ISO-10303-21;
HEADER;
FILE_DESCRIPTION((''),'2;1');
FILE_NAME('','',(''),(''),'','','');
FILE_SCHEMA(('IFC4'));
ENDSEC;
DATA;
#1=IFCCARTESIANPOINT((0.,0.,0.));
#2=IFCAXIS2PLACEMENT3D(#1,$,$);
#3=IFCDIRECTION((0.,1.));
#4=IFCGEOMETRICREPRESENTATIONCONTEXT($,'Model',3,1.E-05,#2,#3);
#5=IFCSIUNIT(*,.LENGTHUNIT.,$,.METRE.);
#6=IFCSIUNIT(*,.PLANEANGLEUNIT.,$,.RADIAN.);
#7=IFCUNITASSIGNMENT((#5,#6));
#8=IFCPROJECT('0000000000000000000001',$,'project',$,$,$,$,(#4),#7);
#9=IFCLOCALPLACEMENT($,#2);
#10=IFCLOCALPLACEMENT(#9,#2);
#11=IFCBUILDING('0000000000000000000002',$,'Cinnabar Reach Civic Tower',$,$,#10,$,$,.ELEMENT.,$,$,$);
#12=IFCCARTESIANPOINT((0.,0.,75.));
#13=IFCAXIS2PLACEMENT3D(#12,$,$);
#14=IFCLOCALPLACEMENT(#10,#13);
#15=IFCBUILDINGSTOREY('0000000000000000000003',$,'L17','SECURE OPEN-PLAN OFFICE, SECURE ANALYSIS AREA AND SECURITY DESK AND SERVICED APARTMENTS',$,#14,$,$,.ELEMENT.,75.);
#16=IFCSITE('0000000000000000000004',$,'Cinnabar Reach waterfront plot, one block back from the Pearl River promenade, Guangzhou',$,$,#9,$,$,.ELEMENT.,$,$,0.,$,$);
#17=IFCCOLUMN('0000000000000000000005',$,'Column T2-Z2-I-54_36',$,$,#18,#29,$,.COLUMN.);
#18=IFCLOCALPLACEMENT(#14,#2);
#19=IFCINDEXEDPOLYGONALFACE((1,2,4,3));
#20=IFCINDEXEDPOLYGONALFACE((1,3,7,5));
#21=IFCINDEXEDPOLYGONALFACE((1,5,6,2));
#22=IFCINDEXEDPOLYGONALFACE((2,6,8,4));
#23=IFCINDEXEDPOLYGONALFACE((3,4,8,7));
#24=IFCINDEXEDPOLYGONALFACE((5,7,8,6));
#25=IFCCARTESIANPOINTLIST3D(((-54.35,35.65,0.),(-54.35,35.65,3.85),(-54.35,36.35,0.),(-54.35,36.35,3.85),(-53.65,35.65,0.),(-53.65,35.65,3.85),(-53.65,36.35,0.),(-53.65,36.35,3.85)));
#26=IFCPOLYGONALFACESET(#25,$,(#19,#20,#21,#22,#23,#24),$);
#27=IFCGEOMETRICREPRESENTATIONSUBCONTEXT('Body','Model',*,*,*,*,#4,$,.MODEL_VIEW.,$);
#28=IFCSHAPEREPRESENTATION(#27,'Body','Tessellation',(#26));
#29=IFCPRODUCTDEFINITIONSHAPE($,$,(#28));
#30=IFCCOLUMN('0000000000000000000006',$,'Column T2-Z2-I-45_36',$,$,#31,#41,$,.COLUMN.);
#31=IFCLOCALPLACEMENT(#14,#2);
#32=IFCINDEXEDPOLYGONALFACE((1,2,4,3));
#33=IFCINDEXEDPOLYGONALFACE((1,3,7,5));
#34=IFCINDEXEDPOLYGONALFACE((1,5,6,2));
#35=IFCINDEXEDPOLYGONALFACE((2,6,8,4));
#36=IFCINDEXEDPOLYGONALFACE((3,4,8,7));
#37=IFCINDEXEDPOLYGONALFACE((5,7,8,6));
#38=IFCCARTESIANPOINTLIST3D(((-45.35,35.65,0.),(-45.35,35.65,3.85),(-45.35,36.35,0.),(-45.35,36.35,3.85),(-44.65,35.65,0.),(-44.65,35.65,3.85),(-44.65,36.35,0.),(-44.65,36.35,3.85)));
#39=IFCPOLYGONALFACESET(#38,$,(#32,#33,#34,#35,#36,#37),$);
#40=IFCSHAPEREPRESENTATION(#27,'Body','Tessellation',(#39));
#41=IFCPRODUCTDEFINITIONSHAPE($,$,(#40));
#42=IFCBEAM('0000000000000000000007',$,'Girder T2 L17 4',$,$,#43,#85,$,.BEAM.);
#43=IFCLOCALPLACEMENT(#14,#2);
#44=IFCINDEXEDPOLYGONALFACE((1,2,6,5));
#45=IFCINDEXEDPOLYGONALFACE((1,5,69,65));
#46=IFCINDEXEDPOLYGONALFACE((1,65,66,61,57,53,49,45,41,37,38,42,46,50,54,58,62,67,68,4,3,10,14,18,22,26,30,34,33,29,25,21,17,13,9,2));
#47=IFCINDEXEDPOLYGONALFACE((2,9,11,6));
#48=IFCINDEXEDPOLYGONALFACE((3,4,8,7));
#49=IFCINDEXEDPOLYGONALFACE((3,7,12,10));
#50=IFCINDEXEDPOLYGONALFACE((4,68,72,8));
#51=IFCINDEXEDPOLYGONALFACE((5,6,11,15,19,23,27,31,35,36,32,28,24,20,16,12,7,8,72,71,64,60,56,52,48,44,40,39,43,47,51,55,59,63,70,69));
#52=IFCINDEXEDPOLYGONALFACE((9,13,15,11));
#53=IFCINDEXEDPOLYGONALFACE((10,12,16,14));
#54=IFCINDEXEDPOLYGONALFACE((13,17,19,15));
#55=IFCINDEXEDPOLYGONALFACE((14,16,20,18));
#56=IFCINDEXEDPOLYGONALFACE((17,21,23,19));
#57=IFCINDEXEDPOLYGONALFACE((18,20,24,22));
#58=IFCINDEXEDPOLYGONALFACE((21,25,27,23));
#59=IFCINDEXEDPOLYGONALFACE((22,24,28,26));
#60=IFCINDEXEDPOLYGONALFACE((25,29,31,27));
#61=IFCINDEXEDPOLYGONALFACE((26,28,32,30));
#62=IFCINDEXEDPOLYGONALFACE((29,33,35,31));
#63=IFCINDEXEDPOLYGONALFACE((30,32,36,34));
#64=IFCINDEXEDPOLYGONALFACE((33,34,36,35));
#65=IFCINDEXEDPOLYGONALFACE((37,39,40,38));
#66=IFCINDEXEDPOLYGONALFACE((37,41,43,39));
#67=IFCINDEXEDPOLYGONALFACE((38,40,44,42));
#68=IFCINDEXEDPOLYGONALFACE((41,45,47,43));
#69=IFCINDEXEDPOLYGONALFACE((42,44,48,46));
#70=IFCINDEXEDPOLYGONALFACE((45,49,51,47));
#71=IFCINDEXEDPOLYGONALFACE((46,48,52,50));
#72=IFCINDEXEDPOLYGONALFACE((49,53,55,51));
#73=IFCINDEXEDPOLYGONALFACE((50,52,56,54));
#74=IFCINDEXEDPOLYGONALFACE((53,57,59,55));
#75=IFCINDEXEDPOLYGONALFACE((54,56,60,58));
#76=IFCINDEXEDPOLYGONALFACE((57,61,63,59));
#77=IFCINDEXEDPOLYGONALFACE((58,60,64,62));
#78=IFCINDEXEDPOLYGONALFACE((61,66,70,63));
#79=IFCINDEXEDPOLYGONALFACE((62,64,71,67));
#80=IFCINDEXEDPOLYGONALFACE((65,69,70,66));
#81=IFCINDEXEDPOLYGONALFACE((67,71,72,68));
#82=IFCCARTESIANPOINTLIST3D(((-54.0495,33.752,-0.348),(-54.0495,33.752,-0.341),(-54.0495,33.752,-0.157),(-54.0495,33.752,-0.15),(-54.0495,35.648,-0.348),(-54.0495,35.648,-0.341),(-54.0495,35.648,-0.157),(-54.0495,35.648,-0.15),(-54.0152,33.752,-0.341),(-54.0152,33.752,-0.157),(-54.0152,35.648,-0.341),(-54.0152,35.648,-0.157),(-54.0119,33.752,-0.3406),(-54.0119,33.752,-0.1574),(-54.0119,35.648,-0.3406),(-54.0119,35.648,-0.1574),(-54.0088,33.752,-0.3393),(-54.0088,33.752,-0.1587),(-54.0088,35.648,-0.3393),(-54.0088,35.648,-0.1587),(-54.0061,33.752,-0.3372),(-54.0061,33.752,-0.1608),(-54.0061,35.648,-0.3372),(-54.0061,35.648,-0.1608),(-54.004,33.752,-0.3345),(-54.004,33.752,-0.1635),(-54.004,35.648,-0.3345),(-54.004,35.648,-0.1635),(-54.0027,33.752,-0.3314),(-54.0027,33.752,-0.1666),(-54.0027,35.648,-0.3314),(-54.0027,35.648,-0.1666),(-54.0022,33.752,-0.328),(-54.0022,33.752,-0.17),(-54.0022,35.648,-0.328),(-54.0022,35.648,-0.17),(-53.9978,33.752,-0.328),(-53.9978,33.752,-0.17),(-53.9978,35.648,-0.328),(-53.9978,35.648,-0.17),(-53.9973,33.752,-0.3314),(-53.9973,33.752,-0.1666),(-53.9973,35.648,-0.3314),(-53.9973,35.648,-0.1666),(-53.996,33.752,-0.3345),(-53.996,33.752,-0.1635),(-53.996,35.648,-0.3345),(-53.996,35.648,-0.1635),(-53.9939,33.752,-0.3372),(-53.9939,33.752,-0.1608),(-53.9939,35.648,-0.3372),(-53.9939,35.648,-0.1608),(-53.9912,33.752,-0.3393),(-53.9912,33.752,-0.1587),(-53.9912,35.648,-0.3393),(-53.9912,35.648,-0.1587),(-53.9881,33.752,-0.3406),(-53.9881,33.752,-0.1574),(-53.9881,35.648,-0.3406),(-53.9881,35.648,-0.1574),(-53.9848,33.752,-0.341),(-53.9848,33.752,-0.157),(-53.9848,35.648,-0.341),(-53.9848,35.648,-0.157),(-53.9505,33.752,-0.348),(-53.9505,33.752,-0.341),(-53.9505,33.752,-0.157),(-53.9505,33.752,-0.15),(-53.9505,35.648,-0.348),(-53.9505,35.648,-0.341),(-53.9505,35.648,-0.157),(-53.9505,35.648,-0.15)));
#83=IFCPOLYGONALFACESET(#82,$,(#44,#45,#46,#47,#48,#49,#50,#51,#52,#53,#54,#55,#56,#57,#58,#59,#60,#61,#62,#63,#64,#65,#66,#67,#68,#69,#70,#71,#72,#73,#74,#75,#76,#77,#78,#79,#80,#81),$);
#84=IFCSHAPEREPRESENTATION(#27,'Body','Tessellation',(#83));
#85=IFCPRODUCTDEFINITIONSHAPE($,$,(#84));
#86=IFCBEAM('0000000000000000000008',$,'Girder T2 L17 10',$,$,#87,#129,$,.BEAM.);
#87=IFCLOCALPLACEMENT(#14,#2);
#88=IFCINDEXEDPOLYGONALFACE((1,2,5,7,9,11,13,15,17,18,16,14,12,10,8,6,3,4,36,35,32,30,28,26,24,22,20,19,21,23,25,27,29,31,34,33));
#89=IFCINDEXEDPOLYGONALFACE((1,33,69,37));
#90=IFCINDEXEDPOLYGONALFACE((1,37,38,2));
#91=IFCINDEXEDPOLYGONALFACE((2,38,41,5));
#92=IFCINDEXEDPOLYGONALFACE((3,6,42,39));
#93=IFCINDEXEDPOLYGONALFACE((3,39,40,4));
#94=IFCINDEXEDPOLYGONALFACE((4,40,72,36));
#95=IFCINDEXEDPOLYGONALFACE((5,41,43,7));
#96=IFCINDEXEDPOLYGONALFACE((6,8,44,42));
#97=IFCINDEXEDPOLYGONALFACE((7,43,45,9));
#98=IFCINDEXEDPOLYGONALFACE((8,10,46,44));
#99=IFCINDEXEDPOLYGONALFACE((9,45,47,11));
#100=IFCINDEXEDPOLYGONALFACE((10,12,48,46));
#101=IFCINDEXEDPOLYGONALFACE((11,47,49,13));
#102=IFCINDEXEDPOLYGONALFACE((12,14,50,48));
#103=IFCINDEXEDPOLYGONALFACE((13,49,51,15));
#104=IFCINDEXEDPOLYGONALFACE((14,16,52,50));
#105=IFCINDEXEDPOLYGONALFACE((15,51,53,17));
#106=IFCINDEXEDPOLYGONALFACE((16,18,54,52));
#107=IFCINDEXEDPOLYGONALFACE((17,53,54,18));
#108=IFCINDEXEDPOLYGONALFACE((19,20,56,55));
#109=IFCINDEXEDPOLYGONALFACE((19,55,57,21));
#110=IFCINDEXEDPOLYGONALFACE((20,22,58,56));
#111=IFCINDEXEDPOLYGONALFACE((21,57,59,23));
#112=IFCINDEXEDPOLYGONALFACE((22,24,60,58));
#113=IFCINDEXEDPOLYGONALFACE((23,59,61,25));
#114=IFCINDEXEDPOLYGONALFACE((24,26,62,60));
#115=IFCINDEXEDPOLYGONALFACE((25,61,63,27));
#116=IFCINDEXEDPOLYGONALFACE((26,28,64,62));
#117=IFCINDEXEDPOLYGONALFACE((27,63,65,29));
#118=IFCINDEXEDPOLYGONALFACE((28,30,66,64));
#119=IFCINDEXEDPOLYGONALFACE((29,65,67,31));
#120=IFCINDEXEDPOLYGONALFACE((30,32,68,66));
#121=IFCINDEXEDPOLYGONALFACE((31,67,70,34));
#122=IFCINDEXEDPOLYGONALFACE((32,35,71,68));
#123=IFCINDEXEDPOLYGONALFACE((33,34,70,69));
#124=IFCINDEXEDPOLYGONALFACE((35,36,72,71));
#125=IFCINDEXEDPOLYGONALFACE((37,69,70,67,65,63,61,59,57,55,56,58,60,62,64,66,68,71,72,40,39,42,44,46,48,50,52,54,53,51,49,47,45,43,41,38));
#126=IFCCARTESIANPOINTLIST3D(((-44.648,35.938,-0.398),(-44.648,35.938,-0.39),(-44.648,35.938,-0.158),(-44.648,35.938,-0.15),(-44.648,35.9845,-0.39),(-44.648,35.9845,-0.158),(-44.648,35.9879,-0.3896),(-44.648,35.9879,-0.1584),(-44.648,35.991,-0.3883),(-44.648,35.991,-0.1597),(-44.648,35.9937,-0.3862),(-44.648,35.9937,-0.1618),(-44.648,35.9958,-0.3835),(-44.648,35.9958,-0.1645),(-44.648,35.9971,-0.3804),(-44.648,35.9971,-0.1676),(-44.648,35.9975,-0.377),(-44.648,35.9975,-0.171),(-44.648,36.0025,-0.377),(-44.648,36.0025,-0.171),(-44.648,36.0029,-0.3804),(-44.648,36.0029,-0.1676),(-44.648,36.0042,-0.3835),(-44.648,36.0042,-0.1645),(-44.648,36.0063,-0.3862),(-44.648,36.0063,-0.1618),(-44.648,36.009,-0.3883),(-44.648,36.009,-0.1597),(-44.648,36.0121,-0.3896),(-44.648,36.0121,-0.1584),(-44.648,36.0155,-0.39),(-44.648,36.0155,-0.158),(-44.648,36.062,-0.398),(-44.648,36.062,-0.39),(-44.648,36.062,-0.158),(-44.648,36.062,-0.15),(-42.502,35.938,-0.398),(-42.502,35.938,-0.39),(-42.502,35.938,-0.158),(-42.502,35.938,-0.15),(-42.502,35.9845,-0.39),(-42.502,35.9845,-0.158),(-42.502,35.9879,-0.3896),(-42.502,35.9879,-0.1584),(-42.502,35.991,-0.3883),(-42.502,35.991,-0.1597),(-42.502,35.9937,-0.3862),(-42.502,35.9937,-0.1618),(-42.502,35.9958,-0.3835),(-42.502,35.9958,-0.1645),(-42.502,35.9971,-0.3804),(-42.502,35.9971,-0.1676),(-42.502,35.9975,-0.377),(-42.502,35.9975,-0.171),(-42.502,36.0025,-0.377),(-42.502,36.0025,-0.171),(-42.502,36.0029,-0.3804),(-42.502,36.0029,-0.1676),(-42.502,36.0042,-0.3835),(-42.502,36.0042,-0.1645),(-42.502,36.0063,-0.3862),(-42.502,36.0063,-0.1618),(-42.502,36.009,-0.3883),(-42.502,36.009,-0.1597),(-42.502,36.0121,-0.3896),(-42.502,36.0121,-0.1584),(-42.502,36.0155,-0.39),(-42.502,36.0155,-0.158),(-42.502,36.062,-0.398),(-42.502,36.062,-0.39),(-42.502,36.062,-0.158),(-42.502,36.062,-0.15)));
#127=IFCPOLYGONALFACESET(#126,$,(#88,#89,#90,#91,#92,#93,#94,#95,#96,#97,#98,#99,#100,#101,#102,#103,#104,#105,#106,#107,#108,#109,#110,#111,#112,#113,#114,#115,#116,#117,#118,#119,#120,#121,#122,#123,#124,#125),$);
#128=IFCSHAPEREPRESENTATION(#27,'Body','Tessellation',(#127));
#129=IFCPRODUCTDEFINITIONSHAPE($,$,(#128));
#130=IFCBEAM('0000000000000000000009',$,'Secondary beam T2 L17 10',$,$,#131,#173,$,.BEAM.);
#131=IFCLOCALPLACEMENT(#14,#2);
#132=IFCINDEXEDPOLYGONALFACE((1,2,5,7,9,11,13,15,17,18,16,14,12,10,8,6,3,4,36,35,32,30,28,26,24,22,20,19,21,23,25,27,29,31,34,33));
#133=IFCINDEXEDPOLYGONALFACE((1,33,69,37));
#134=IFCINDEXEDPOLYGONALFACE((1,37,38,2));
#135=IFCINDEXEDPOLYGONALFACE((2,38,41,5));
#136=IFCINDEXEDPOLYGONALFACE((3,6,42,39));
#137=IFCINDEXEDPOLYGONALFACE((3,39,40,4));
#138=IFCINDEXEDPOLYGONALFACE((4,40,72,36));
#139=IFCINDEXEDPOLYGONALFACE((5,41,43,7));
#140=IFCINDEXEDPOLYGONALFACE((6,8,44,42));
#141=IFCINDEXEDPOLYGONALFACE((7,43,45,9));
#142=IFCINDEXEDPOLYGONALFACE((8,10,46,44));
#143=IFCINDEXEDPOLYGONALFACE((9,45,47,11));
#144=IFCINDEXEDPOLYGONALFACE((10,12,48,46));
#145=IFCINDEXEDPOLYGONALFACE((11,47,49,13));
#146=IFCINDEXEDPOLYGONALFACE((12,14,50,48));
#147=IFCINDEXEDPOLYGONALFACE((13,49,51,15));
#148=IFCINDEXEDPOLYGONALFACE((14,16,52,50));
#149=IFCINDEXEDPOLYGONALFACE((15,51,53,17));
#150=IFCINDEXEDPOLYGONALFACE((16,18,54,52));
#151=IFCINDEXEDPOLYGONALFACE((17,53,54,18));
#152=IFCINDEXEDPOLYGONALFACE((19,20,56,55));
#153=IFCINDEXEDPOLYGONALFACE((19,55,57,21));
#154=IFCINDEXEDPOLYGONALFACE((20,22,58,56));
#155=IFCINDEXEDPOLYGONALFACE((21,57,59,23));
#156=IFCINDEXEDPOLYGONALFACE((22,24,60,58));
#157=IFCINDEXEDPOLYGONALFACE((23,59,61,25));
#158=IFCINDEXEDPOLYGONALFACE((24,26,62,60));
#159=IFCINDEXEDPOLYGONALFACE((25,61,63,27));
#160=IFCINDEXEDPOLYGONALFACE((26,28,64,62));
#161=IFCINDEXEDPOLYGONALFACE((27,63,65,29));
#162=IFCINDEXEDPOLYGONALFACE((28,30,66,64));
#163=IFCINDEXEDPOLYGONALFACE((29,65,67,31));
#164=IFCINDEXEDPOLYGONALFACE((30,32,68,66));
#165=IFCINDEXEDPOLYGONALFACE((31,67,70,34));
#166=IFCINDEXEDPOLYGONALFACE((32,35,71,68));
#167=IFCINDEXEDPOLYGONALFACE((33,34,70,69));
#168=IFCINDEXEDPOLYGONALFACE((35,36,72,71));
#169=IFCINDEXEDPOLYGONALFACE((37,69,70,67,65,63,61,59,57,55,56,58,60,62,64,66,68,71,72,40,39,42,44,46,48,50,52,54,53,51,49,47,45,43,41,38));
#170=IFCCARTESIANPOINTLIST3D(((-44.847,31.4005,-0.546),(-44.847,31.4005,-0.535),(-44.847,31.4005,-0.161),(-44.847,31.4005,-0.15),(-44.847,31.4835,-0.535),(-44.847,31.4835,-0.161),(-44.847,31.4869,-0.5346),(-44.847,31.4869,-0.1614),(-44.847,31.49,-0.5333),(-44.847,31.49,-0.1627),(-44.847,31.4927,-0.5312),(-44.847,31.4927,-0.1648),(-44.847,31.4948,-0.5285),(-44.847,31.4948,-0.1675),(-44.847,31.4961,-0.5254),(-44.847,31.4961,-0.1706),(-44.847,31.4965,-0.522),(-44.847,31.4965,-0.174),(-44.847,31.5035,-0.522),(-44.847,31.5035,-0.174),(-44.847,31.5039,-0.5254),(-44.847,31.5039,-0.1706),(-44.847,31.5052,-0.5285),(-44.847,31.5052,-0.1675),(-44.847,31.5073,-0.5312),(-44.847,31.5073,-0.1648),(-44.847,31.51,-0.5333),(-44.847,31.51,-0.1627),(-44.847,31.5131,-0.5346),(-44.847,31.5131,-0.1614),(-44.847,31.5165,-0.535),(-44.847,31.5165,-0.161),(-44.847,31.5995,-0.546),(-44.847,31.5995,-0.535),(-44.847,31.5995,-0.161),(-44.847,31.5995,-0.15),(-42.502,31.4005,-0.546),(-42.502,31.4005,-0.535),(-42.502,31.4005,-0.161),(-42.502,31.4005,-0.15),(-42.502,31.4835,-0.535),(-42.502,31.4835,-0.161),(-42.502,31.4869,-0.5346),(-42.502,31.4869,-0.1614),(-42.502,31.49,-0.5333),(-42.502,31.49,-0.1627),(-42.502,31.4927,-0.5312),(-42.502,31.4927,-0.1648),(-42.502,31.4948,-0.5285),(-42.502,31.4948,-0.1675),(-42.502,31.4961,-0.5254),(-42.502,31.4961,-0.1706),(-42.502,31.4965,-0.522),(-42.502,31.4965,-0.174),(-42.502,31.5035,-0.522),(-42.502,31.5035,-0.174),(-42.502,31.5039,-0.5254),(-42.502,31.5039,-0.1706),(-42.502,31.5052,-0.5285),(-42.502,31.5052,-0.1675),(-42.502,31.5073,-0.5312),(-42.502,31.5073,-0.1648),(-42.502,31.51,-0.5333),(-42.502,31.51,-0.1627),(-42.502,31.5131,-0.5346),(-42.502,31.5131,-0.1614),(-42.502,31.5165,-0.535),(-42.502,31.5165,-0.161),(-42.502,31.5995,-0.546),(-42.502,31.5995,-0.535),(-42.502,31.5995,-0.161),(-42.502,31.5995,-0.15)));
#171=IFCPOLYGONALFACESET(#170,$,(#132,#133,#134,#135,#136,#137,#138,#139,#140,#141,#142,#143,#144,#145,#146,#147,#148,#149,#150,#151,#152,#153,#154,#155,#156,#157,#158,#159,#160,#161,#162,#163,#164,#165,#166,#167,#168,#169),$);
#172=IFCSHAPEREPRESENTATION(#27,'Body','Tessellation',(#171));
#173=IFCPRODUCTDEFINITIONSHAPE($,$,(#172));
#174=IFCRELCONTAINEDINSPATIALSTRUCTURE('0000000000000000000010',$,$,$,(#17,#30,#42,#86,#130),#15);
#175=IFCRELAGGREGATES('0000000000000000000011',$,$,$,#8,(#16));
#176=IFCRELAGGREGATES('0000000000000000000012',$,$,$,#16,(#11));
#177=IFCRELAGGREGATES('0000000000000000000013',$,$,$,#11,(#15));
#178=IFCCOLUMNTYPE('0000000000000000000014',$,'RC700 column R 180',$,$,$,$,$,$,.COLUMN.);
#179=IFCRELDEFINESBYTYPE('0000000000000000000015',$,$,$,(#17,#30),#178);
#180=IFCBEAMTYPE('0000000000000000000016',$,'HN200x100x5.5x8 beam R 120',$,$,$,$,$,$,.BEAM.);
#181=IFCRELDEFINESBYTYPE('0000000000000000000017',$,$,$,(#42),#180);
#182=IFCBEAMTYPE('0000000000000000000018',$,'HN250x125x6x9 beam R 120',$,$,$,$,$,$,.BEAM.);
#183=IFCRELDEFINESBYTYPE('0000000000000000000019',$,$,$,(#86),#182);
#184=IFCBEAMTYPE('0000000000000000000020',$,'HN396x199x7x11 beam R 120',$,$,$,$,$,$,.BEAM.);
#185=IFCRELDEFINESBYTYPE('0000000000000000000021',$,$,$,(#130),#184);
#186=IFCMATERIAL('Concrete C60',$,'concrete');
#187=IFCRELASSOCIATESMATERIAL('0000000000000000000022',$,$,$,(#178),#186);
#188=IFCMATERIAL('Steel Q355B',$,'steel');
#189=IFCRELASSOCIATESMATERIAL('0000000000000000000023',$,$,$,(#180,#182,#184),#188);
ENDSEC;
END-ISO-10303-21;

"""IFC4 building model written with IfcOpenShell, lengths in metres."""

from ifc_helpers import new_model, si_unit, direction, frame, origin, origin_2d, place, context, subcontext, project, spatial, rectangle, i_section, extrude, material, material_profile, profile_set, type_object, element, save


model = new_model("IFC4")

# Units and contexts
model_context = context("Model", 3, precision=1e-05, world=origin(), true_north=direction((0.0, 1.0)))
body_context = subcontext(model_context, "Body", "Model", "MODEL_VIEW")
ifc_project = project(units=[si_unit("LENGTHUNIT", "METRE"), si_unit("PLANEANGLEUNIT", "RADIAN")], contexts=[model_context])

# Site, building, storey
site_placement = place(None, origin())
site = spatial("IfcSite", under=ifc_project, at=site_placement, Name="Cinnabar Reach waterfront plot, one block back from the Pearl River promenade, Guangzhou", CompositionType="ELEMENT", RefElevation=0.0)
building_placement = place(site_placement, origin())
building = spatial("IfcBuilding", under=site, at=building_placement, Name="Cinnabar Reach Civic Tower", CompositionType="ELEMENT")
storey_placement = place(building_placement, frame((0.0, 0.0, 75.0)))
storey = spatial("IfcBuildingStorey", under=building, at=storey_placement, Name="L17", Description="SECURE OPEN-PLAN OFFICE, SECURE ANALYSIS AREA AND SECURITY DESK AND SERVICED APARTMENTS", CompositionType="ELEMENT", Elevation=75.0)

# Columns
ifc_material_1 = material(Name="Concrete C60", Category="concrete")
ifc_material_profile_1 = material_profile(ifc_material_1, rectangle(XDim=0.7, YDim=0.7, at=origin_2d()), Name="RC700")
ifc_profile_set_1 = profile_set([ifc_material_profile_1], Name="Concrete C60")
column_type = type_object("IfcColumnType", Name="RC700 column R 180", PredefinedType="COLUMN", material=ifc_profile_set_1)
for number, where, z_axis, x_axis, name in (
    (1, (-54.0, 36.0, 0.0), (0.0, 0.0, 1.0), (1.0, 0.0, 0.0), "Column T2-Z2-I-54_36"),
    (2, (-45.0, 36.0, 0.0), (0.0, 0.0, 1.0), (1.0, 0.0, 0.0), "Column T2-Z2-I-45_36"),
):
    element("IfcColumn", number, at=place(storey_placement, frame(where, z_axis=z_axis, x_axis=x_axis)), inside=storey, type_object=column_type, Name=name, PredefinedType="COLUMN", context=body_context, shape_type="SweptSolid", body=[
        extrude(rectangle(XDim=0.7, YDim=0.7, at=origin_2d()), origin(), (0.0, 0.0, 1.0), 3.85),
    ])

# Beams
ifc_material_2 = material(Name="Steel Q355B", Category="steel")
ifc_material_profile_2 = material_profile(ifc_material_2, i_section(OverallWidth=0.099, OverallDepth=0.198, WebThickness=0.0045, FlangeThickness=0.007, FilletRadius=0.013, at=origin_2d()), Name="HN200x100x5.5x8")
ifc_profile_set_2 = profile_set([ifc_material_profile_2], Name="Steel Q355B")
beam_type_1 = type_object("IfcBeamType", Name="HN200x100x5.5x8 beam R 120", PredefinedType="BEAM", material=ifc_profile_set_2)
beam_1_placement = place(storey_placement, frame((-54.0, 33.752, -0.249), z_axis=(0.0, 1.0, 0.0), x_axis=(-1.0, 0.0, 0.0)))
element("IfcBeam", 3, at=beam_1_placement, inside=storey, type_object=beam_type_1, Name="Girder T2 L17 4", PredefinedType="BEAM", context=body_context, shape_type="SweptSolid", body=[
    extrude(i_section(OverallWidth=0.099, OverallDepth=0.198, WebThickness=0.0045, FlangeThickness=0.007, FilletRadius=0.013, at=origin_2d()), origin(), (0.0, 0.0, 1.0), 1.896),
])
ifc_material_profile_3 = material_profile(ifc_material_2, i_section(OverallWidth=0.124, OverallDepth=0.248, WebThickness=0.005, FlangeThickness=0.008, FilletRadius=0.013, at=origin_2d()), Name="HN250x125x6x9")
ifc_profile_set_3 = profile_set([ifc_material_profile_3], Name="Steel Q355B")
beam_type_2 = type_object("IfcBeamType", Name="HN250x125x6x9 beam R 120", PredefinedType="BEAM", material=ifc_profile_set_3)
beam_2_placement = place(storey_placement, frame((-44.648, 36.0, -0.274), z_axis=(1.0, 0.0, 0.0), x_axis=(0.0, 1.0, 0.0)))
element("IfcBeam", 4, at=beam_2_placement, inside=storey, type_object=beam_type_2, Name="Girder T2 L17 10", PredefinedType="BEAM", context=body_context, shape_type="SweptSolid", body=[
    extrude(i_section(OverallWidth=0.124, OverallDepth=0.248, WebThickness=0.005, FlangeThickness=0.008, FilletRadius=0.013, at=origin_2d()), origin(), (0.0, 0.0, 1.0), 2.146),
])
ifc_material_profile_4 = material_profile(ifc_material_2, i_section(OverallWidth=0.199, OverallDepth=0.396, WebThickness=0.007, FlangeThickness=0.011, FilletRadius=0.013, at=origin_2d()), Name="HN396x199x7x11")
ifc_profile_set_4 = profile_set([ifc_material_profile_4], Name="Steel Q355B")
beam_type_3 = type_object("IfcBeamType", Name="HN396x199x7x11 beam R 120", PredefinedType="BEAM", material=ifc_profile_set_4)
beam_3_placement = place(storey_placement, frame((-44.847, 31.5, -0.348), z_axis=(1.0, 0.0, 0.0), x_axis=(0.0, 1.0, 0.0)))
element("IfcBeam", 5, at=beam_3_placement, inside=storey, type_object=beam_type_3, Name="Secondary beam T2 L17 10", PredefinedType="BEAM", context=body_context, shape_type="SweptSolid", body=[
    extrude(i_section(OverallWidth=0.199, OverallDepth=0.396, WebThickness=0.007, FlangeThickness=0.011, FilletRadius=0.013, at=origin_2d()), origin(), (0.0, 0.0, 1.0), 2.345),
])

save(model, "model.ifc")
